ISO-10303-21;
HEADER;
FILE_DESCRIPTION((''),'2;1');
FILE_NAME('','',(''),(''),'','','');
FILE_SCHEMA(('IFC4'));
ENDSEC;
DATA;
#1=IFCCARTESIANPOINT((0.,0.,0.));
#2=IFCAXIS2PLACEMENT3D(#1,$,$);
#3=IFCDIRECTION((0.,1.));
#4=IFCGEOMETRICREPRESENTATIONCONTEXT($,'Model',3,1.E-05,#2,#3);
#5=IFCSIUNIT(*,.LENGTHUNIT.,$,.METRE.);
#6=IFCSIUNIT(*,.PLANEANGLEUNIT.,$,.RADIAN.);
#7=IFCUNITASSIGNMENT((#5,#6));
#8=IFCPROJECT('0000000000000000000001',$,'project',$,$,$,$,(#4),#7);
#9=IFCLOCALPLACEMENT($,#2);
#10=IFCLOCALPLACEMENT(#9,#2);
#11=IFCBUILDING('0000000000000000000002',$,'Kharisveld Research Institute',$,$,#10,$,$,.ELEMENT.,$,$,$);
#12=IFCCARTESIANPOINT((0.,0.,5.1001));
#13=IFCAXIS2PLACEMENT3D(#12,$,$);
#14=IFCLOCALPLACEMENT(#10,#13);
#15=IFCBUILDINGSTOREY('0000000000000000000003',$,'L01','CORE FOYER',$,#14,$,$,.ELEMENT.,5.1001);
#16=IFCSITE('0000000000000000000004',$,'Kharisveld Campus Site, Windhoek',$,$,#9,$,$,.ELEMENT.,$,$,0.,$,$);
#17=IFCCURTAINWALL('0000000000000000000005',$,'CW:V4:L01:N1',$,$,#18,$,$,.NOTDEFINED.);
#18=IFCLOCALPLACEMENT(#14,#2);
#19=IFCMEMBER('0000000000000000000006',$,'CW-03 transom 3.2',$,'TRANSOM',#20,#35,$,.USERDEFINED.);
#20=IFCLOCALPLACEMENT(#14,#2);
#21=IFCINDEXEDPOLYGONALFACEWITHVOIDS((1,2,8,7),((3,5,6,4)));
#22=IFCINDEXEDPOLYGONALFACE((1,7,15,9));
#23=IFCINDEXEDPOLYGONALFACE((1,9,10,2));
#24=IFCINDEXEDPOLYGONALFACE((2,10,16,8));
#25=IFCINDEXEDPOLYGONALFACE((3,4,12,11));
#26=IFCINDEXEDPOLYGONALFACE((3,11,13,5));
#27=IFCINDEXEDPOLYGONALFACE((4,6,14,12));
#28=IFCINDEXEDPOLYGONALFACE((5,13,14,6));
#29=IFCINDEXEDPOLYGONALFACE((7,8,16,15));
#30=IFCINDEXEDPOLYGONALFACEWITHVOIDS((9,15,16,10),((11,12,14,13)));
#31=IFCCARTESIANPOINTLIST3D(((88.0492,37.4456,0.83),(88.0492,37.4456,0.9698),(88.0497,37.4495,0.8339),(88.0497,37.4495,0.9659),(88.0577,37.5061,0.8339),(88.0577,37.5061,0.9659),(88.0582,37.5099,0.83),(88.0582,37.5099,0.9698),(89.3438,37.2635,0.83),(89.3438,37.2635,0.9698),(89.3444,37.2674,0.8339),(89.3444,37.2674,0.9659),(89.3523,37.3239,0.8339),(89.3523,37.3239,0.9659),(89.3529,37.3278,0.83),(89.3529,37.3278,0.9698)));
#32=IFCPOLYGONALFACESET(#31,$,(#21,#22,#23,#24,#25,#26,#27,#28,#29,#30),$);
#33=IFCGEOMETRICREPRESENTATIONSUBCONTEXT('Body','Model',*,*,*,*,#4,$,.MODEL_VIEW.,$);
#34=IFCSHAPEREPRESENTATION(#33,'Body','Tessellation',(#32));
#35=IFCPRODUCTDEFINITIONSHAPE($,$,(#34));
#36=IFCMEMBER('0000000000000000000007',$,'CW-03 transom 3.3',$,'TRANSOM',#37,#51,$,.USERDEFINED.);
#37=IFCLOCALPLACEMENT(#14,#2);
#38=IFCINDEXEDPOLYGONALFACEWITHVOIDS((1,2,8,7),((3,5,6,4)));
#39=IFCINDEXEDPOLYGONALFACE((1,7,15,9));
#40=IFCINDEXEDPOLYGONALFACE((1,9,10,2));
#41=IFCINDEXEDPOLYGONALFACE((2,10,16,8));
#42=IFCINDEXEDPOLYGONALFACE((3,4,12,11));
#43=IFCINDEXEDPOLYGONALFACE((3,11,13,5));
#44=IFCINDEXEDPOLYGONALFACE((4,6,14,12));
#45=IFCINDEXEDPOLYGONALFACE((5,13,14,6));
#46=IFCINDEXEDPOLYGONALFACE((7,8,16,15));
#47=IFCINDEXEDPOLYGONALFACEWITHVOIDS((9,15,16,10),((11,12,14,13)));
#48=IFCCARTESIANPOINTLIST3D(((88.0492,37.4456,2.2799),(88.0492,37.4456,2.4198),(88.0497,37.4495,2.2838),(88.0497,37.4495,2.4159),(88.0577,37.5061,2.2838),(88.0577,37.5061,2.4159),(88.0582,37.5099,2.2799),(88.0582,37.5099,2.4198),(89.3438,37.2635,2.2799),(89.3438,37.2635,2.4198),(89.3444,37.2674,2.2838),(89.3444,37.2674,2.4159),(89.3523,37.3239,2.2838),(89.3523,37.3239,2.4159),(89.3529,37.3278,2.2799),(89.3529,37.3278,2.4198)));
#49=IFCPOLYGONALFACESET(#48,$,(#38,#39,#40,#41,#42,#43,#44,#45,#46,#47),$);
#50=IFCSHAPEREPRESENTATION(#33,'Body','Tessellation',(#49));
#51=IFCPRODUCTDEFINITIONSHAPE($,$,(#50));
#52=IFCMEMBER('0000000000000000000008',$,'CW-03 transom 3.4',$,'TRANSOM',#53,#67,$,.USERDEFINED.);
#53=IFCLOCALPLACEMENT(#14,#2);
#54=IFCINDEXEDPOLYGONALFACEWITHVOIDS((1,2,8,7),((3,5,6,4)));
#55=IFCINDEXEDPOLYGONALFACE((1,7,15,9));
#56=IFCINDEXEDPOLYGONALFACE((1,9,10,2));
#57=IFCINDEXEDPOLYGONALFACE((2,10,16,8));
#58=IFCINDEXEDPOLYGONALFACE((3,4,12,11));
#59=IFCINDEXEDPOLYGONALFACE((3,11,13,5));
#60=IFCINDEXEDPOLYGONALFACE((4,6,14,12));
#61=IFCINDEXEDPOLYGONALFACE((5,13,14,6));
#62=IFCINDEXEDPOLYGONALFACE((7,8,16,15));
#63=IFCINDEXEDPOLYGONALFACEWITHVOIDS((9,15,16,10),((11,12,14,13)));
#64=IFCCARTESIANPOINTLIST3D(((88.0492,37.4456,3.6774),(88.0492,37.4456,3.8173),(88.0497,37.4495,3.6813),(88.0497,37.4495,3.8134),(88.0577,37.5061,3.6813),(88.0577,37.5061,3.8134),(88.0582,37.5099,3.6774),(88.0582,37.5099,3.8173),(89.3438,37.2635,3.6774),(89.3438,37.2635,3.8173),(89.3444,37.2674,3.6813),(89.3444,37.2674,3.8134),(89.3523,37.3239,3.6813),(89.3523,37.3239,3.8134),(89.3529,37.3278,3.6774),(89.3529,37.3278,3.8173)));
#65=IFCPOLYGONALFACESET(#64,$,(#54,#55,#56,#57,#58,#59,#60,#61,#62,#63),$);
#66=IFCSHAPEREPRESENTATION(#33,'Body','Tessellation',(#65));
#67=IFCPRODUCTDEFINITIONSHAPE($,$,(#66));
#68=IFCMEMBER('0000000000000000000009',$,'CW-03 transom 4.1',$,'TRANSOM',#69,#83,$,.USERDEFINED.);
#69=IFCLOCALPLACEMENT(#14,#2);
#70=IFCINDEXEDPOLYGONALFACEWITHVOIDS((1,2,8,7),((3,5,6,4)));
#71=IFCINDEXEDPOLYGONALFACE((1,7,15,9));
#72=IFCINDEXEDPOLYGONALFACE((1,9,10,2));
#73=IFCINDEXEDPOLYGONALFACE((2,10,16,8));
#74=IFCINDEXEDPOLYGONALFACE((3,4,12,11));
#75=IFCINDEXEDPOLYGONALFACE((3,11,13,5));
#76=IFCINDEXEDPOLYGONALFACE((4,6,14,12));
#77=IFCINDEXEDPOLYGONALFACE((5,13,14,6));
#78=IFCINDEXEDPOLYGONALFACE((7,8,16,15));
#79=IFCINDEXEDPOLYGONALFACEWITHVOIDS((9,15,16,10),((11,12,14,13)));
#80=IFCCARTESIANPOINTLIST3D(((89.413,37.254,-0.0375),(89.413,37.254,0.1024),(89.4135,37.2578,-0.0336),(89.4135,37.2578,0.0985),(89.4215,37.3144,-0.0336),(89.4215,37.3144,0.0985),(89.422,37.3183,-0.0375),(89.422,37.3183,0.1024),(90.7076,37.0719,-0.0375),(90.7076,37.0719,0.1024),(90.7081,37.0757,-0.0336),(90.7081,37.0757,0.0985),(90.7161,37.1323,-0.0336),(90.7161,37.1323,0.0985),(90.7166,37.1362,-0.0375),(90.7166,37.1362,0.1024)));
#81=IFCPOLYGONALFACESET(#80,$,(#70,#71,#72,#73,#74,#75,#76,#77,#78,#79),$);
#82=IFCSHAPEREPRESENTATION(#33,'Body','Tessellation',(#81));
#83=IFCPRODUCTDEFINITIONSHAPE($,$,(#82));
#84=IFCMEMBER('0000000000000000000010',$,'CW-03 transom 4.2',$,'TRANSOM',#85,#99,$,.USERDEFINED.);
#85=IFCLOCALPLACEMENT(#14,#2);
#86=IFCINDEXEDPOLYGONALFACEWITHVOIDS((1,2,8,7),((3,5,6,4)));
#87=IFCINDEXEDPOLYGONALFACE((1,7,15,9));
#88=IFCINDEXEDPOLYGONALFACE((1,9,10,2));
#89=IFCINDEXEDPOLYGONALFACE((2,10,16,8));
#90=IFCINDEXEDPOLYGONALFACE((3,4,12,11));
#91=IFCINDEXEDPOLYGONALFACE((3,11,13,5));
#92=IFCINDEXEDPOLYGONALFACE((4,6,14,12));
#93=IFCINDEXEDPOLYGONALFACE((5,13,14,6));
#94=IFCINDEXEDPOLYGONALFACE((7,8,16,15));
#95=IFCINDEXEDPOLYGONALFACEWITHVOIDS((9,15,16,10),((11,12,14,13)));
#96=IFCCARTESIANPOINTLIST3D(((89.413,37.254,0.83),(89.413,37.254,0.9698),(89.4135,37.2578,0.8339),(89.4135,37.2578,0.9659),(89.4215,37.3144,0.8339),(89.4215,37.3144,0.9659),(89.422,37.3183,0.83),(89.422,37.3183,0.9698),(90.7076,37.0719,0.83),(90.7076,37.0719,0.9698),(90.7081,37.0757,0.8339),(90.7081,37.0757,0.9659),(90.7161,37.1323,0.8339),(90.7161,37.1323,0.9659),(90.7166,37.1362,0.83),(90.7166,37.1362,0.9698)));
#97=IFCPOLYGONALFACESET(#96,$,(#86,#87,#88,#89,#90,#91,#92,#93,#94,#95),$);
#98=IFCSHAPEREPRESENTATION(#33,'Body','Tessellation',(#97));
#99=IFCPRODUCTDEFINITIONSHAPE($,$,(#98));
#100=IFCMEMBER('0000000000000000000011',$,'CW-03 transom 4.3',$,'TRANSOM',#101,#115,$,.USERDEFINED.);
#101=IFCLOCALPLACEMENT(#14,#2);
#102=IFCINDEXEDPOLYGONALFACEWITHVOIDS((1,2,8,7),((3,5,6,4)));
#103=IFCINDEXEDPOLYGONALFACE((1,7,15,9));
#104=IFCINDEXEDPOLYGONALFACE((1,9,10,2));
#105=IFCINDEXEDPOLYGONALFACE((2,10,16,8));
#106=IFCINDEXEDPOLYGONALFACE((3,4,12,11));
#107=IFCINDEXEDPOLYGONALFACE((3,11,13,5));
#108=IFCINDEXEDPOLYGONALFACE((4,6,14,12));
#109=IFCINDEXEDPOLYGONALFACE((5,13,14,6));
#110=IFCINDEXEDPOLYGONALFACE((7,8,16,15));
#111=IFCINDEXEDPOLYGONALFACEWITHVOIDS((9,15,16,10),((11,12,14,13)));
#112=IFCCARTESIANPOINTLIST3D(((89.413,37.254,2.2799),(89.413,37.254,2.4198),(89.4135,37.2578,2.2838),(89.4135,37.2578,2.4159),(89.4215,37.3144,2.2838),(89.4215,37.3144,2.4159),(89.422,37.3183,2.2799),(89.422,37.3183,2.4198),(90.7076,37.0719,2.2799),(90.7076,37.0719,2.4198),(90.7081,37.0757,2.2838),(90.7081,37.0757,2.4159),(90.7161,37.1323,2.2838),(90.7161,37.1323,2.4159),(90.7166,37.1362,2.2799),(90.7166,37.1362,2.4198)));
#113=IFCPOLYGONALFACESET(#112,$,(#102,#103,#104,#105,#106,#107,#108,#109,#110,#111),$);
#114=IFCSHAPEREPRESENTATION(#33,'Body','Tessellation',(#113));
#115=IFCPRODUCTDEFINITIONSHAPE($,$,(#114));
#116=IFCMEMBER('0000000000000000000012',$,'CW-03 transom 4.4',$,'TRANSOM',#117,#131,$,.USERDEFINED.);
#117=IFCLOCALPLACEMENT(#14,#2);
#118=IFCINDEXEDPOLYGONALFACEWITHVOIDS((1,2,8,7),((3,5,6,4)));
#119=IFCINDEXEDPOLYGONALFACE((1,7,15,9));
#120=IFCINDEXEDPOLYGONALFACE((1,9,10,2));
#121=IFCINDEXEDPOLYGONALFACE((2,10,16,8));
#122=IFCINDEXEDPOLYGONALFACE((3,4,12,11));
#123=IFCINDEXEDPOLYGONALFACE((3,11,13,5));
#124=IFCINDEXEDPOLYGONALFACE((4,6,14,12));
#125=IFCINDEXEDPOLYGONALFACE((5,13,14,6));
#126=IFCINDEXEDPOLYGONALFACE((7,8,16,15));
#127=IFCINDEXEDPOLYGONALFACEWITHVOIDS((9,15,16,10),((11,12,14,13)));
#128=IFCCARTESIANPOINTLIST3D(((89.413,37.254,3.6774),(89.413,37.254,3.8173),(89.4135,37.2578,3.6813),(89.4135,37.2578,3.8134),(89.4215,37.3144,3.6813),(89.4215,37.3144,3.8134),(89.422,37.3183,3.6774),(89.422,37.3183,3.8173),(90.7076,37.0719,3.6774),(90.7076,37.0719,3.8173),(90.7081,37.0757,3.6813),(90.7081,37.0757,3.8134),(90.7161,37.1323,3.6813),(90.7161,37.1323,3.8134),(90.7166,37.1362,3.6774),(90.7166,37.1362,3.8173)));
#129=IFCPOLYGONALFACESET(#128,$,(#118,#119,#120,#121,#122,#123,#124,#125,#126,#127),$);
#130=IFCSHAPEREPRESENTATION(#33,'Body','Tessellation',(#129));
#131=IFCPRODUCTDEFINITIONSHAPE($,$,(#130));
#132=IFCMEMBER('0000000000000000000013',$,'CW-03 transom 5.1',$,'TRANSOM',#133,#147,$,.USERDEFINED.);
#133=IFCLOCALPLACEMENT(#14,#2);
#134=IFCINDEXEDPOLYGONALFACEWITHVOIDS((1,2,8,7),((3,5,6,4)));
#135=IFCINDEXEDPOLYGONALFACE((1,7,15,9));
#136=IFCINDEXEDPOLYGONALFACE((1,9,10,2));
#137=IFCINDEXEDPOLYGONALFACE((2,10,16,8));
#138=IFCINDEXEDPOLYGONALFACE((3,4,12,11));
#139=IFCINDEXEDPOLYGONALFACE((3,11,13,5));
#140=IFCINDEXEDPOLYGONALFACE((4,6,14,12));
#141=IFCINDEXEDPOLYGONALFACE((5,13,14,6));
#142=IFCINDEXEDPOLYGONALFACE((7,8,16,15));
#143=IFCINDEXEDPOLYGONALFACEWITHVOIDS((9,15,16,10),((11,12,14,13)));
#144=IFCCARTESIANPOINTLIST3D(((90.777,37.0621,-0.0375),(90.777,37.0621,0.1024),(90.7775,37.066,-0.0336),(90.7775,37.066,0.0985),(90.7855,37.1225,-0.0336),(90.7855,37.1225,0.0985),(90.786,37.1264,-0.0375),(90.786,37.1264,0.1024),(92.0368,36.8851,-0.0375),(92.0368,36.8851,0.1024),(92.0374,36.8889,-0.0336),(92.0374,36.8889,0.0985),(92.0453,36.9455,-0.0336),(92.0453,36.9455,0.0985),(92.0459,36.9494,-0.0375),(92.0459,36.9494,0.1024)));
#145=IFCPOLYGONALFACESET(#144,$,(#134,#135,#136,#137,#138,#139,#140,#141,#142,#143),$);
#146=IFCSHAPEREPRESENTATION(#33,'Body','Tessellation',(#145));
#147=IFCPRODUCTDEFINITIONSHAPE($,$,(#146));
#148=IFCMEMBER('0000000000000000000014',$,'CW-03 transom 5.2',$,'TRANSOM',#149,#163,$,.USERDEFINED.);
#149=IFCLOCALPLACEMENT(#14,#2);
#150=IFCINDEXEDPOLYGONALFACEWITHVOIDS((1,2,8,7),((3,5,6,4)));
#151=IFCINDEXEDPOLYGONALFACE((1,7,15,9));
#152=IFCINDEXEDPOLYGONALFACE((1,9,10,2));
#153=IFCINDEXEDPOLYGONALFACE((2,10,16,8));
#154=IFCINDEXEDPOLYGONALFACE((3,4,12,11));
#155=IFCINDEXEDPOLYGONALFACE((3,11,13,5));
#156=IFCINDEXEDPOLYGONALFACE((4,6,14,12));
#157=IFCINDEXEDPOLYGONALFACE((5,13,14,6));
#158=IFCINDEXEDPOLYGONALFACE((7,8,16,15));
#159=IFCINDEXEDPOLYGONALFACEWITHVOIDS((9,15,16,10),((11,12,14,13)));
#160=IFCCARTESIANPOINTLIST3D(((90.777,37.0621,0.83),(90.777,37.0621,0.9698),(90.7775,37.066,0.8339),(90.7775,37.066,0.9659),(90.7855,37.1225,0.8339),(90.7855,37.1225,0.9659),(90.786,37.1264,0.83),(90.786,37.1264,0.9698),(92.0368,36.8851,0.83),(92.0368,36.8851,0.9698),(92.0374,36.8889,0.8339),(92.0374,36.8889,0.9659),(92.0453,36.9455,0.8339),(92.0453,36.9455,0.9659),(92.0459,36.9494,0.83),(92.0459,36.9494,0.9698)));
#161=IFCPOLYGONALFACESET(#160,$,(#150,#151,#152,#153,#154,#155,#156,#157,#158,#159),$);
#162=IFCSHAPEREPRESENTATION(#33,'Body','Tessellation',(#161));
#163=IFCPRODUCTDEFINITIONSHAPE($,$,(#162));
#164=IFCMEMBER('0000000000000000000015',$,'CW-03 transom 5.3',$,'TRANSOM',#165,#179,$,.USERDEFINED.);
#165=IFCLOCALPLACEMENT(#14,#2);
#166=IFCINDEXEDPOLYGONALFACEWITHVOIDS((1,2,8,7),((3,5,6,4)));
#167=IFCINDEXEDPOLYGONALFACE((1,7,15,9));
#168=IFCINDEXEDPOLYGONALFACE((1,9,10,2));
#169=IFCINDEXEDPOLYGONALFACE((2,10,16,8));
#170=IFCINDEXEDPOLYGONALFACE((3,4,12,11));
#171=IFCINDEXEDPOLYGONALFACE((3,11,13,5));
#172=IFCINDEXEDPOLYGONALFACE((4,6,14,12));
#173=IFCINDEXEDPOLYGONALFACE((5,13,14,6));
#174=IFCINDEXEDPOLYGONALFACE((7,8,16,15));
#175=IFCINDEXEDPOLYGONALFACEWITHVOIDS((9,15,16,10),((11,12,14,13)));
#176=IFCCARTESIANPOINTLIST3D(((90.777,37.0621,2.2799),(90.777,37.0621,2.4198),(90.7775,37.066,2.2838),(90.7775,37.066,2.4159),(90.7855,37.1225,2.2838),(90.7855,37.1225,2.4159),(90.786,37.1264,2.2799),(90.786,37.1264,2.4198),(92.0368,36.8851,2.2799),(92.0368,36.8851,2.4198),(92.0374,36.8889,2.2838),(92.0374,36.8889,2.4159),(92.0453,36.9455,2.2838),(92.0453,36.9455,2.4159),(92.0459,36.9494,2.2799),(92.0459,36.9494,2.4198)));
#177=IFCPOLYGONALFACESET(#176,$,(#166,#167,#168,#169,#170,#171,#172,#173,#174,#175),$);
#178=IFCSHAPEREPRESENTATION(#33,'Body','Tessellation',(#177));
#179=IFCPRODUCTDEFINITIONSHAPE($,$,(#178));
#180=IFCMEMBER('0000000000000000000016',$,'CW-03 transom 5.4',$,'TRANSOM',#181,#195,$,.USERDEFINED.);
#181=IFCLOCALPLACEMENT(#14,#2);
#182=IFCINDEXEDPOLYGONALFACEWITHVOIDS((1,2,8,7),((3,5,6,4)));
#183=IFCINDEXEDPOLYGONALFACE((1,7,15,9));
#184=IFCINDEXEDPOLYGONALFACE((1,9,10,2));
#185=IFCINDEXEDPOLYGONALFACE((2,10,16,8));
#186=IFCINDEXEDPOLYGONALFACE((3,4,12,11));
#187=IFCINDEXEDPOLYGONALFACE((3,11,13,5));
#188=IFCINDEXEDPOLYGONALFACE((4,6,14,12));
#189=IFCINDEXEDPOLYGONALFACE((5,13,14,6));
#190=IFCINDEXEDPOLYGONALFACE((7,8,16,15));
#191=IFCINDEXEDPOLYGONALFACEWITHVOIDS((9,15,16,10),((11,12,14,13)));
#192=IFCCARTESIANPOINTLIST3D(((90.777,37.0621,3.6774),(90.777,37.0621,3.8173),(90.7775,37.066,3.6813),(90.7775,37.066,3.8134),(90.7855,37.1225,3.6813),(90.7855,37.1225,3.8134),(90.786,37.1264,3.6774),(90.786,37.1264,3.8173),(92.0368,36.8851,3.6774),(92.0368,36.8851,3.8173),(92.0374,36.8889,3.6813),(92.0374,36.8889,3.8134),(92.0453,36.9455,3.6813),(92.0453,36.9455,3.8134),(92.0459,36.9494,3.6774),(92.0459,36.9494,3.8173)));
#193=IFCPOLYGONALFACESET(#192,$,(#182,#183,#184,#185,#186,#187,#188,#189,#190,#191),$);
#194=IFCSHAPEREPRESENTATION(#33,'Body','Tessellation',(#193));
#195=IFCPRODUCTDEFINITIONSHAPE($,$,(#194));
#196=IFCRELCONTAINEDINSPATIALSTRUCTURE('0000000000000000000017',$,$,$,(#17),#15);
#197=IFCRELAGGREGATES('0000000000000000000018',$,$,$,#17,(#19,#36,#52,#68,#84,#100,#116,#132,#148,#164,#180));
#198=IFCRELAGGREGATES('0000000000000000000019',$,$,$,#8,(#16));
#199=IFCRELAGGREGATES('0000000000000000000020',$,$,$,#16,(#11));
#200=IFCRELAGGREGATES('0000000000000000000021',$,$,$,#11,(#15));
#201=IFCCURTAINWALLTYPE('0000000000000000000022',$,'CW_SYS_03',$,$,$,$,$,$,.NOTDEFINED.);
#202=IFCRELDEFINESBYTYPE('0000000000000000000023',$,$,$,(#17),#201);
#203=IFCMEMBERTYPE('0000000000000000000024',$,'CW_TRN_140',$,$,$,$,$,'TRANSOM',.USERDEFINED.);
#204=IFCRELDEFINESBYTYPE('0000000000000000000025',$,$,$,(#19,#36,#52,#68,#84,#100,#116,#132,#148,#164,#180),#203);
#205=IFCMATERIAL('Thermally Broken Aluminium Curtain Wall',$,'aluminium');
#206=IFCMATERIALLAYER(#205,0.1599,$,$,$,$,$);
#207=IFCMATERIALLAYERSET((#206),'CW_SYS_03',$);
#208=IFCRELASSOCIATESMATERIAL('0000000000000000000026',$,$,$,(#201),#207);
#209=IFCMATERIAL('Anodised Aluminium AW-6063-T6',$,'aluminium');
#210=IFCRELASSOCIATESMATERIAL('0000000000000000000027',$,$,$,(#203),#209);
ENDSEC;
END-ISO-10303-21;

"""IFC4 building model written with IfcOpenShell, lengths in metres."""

from ifc_helpers import new_model, si_unit, direction, frame, origin, origin_2d, place, context, subcontext, project, spatial, hollow_rectangle, extrude, material, layer, layer_set, material_profile, profile_set, type_object, element, aggregate, save


model = new_model("IFC4")

# Units and contexts
model_context = context("Model", 3, precision=1e-05, world=origin(), true_north=direction((0.0, 1.0)))
body_context = subcontext(model_context, "Body", "Model", "MODEL_VIEW")
ifc_project = project(units=[si_unit("LENGTHUNIT", "METRE"), si_unit("PLANEANGLEUNIT", "RADIAN")], contexts=[model_context])

# Site, building, storey
site_placement = place(None, origin())
site = spatial("IfcSite", under=ifc_project, at=site_placement, Name="Kharisveld Campus Site, Windhoek", CompositionType="ELEMENT", RefElevation=0.0)
building_placement = place(site_placement, origin())
building = spatial("IfcBuilding", under=site, at=building_placement, Name="Kharisveld Research Institute", CompositionType="ELEMENT")
storey_placement = place(building_placement, frame((0.0, 0.0, 5.1001)))
storey = spatial("IfcBuildingStorey", under=building, at=storey_placement, Name="L01", Description="CORE FOYER", CompositionType="ELEMENT", Elevation=5.1001)

# Curtain wall, members
ifc_material_1 = material(Name="Thermally Broken Aluminium Curtain Wall", Category="aluminium")
ifc_layer_1 = layer(ifc_material_1, 0.1599)
ifc_layer_set_1 = layer_set([ifc_layer_1], Name="CW_SYS_03")
curtain_wall_type = type_object("IfcCurtainWallType", Name="CW_SYS_03", PredefinedType="NOTDEFINED", material=ifc_layer_set_1)
curtain_wall_placement = place(storey_placement, origin())
curtain_wall = element("IfcCurtainWall", 1, at=curtain_wall_placement, inside=storey, type_object=curtain_wall_type, Name="CW:V4:L01:N1", PredefinedType="NOTDEFINED")
ifc_material_2 = material(Name="Anodised Aluminium AW-6063-T6", Category="aluminium")
ifc_material_profile_1 = material_profile(ifc_material_2, hollow_rectangle(XDim=0.0649, YDim=0.1399, WallThickness=0.0039, at=origin_2d()))
ifc_profile_set_1 = profile_set([ifc_material_profile_1], Name="Anodised Aluminium AW-6063-T6")
member_type_1 = type_object("IfcMemberType", Name="CW_TRN_140", ElementType="TRANSOM", PredefinedType="USERDEFINED", material=ifc_profile_set_1)
member_1_placement = place(storey_placement, frame((88.0537, 37.4778, 0.8999), z_axis=(0.99025, -0.139303, 0.0), x_axis=(0.139303, 0.99025, 0.0)))
member_1 = element("IfcMember", 2, at=member_1_placement, type_object=member_type_1, Name="CW-03 transom 3.2", ObjectType="TRANSOM", PredefinedType="USERDEFINED", context=body_context, shape_type="SweptSolid", body=[
    extrude(hollow_rectangle(XDim=0.0649, YDim=0.1399, WallThickness=0.0039, at=origin_2d()), origin(), (0.0, 0.0, 1.0), 1.3074),
])
member_2_placement = place(storey_placement, frame((88.0537, 37.4778, 2.3499), z_axis=(0.99025, -0.139303, 0.0), x_axis=(0.139303, 0.99025, 0.0)))
member_2 = element("IfcMember", 3, at=member_2_placement, type_object=member_type_1, Name="CW-03 transom 3.3", ObjectType="TRANSOM", PredefinedType="USERDEFINED", context=body_context, shape_type="SweptSolid", body=[
    extrude(hollow_rectangle(XDim=0.0649, YDim=0.1399, WallThickness=0.0039, at=origin_2d()), origin(), (0.0, 0.0, 1.0), 1.3074),
])
member_3_placement = place(storey_placement, frame((88.0537, 37.4778, 3.7473), z_axis=(0.99025, -0.139303, 0.0), x_axis=(0.139303, 0.99025, 0.0)))
member_3 = element("IfcMember", 4, at=member_3_placement, type_object=member_type_1, Name="CW-03 transom 3.4", ObjectType="TRANSOM", PredefinedType="USERDEFINED", context=body_context, shape_type="SweptSolid", body=[
    extrude(hollow_rectangle(XDim=0.0649, YDim=0.1399, WallThickness=0.0039, at=origin_2d()), origin(), (0.0, 0.0, 1.0), 1.3074),
])
member_4_placement = place(storey_placement, frame((89.4175, 37.2861, 0.0325), z_axis=(0.99025, -0.139303, 0.0), x_axis=(0.139303, 0.99025, 0.0)))
member_4 = element("IfcMember", 5, at=member_4_placement, type_object=member_type_1, Name="CW-03 transom 4.1", ObjectType="TRANSOM", PredefinedType="USERDEFINED", context=body_context, shape_type="SweptSolid", body=[
    extrude(hollow_rectangle(XDim=0.0649, YDim=0.1399, WallThickness=0.0039, at=origin_2d()), origin(), (0.0, 0.0, 1.0), 1.3074),
])
member_5_placement = place(storey_placement, frame((89.4175, 37.2861, 0.8999), z_axis=(0.99025, -0.139303, 0.0), x_axis=(0.139303, 0.99025, 0.0)))
member_5 = element("IfcMember", 6, at=member_5_placement, type_object=member_type_1, Name="CW-03 transom 4.2", ObjectType="TRANSOM", PredefinedType="USERDEFINED", context=body_context, shape_type="SweptSolid", body=[
    extrude(hollow_rectangle(XDim=0.0649, YDim=0.1399, WallThickness=0.0039, at=origin_2d()), origin(), (0.0, 0.0, 1.0), 1.3074),
])
member_6_placement = place(storey_placement, frame((89.4175, 37.2861, 2.3499), z_axis=(0.99025, -0.139303, 0.0), x_axis=(0.139303, 0.99025, 0.0)))
member_6 = element("IfcMember", 7, at=member_6_placement, type_object=member_type_1, Name="CW-03 transom 4.3", ObjectType="TRANSOM", PredefinedType="USERDEFINED", context=body_context, shape_type="SweptSolid", body=[
    extrude(hollow_rectangle(XDim=0.0649, YDim=0.1399, WallThickness=0.0039, at=origin_2d()), origin(), (0.0, 0.0, 1.0), 1.3074),
])
member_7_placement = place(storey_placement, frame((89.4175, 37.2861, 3.7473), z_axis=(0.99025, -0.139303, 0.0), x_axis=(0.139303, 0.99025, 0.0)))
member_7 = element("IfcMember", 8, at=member_7_placement, type_object=member_type_1, Name="CW-03 transom 4.4", ObjectType="TRANSOM", PredefinedType="USERDEFINED", context=body_context, shape_type="SweptSolid", body=[
    extrude(hollow_rectangle(XDim=0.0649, YDim=0.1399, WallThickness=0.0039, at=origin_2d()), origin(), (0.0, 0.0, 1.0), 1.3074),
])
member_8_placement = place(storey_placement, frame((90.7815, 37.0942, 0.0325), z_axis=(0.990273, -0.139137, 0.0), x_axis=(0.139137, 0.990273, 0.0)))
member_8 = element("IfcMember", 9, at=member_8_placement, type_object=member_type_1, Name="CW-03 transom 5.1", ObjectType="TRANSOM", PredefinedType="USERDEFINED", context=body_context, shape_type="SweptSolid", body=[
    extrude(hollow_rectangle(XDim=0.0649, YDim=0.1399, WallThickness=0.0039, at=origin_2d()), origin(), (0.0, 0.0, 1.0), 1.2722),
])
member_9_placement = place(storey_placement, frame((90.7815, 37.0942, 0.8999), z_axis=(0.990273, -0.139137, 0.0), x_axis=(0.139137, 0.990273, 0.0)))
member_9 = element("IfcMember", 10, at=member_9_placement, type_object=member_type_1, Name="CW-03 transom 5.2", ObjectType="TRANSOM", PredefinedType="USERDEFINED", context=body_context, shape_type="SweptSolid", body=[
    extrude(hollow_rectangle(XDim=0.0649, YDim=0.1399, WallThickness=0.0039, at=origin_2d()), origin(), (0.0, 0.0, 1.0), 1.2722),
])
member_10_placement = place(storey_placement, frame((90.7815, 37.0942, 2.3499), z_axis=(0.990273, -0.139137, 0.0), x_axis=(0.139137, 0.990273, 0.0)))
member_10 = element("IfcMember", 11, at=member_10_placement, type_object=member_type_1, Name="CW-03 transom 5.3", ObjectType="TRANSOM", PredefinedType="USERDEFINED", context=body_context, shape_type="SweptSolid", body=[
    extrude(hollow_rectangle(XDim=0.0649, YDim=0.1399, WallThickness=0.0039, at=origin_2d()), origin(), (0.0, 0.0, 1.0), 1.2722),
])
member_11_placement = place(storey_placement, frame((90.7815, 37.0942, 3.7473), z_axis=(0.990273, -0.139137, 0.0), x_axis=(0.139137, 0.990273, 0.0)))
member_11 = element("IfcMember", 12, at=member_11_placement, type_object=member_type_1, Name="CW-03 transom 5.4", ObjectType="TRANSOM", PredefinedType="USERDEFINED", context=body_context, shape_type="SweptSolid", body=[
    extrude(hollow_rectangle(XDim=0.0649, YDim=0.1399, WallThickness=0.0039, at=origin_2d()), origin(), (0.0, 0.0, 1.0), 1.2722),
])
aggregate(curtain_wall, [member_1, member_2, member_3, member_4, member_5, member_6, member_7, member_8, member_9, member_10, member_11])

save(model, "model.ifc")
